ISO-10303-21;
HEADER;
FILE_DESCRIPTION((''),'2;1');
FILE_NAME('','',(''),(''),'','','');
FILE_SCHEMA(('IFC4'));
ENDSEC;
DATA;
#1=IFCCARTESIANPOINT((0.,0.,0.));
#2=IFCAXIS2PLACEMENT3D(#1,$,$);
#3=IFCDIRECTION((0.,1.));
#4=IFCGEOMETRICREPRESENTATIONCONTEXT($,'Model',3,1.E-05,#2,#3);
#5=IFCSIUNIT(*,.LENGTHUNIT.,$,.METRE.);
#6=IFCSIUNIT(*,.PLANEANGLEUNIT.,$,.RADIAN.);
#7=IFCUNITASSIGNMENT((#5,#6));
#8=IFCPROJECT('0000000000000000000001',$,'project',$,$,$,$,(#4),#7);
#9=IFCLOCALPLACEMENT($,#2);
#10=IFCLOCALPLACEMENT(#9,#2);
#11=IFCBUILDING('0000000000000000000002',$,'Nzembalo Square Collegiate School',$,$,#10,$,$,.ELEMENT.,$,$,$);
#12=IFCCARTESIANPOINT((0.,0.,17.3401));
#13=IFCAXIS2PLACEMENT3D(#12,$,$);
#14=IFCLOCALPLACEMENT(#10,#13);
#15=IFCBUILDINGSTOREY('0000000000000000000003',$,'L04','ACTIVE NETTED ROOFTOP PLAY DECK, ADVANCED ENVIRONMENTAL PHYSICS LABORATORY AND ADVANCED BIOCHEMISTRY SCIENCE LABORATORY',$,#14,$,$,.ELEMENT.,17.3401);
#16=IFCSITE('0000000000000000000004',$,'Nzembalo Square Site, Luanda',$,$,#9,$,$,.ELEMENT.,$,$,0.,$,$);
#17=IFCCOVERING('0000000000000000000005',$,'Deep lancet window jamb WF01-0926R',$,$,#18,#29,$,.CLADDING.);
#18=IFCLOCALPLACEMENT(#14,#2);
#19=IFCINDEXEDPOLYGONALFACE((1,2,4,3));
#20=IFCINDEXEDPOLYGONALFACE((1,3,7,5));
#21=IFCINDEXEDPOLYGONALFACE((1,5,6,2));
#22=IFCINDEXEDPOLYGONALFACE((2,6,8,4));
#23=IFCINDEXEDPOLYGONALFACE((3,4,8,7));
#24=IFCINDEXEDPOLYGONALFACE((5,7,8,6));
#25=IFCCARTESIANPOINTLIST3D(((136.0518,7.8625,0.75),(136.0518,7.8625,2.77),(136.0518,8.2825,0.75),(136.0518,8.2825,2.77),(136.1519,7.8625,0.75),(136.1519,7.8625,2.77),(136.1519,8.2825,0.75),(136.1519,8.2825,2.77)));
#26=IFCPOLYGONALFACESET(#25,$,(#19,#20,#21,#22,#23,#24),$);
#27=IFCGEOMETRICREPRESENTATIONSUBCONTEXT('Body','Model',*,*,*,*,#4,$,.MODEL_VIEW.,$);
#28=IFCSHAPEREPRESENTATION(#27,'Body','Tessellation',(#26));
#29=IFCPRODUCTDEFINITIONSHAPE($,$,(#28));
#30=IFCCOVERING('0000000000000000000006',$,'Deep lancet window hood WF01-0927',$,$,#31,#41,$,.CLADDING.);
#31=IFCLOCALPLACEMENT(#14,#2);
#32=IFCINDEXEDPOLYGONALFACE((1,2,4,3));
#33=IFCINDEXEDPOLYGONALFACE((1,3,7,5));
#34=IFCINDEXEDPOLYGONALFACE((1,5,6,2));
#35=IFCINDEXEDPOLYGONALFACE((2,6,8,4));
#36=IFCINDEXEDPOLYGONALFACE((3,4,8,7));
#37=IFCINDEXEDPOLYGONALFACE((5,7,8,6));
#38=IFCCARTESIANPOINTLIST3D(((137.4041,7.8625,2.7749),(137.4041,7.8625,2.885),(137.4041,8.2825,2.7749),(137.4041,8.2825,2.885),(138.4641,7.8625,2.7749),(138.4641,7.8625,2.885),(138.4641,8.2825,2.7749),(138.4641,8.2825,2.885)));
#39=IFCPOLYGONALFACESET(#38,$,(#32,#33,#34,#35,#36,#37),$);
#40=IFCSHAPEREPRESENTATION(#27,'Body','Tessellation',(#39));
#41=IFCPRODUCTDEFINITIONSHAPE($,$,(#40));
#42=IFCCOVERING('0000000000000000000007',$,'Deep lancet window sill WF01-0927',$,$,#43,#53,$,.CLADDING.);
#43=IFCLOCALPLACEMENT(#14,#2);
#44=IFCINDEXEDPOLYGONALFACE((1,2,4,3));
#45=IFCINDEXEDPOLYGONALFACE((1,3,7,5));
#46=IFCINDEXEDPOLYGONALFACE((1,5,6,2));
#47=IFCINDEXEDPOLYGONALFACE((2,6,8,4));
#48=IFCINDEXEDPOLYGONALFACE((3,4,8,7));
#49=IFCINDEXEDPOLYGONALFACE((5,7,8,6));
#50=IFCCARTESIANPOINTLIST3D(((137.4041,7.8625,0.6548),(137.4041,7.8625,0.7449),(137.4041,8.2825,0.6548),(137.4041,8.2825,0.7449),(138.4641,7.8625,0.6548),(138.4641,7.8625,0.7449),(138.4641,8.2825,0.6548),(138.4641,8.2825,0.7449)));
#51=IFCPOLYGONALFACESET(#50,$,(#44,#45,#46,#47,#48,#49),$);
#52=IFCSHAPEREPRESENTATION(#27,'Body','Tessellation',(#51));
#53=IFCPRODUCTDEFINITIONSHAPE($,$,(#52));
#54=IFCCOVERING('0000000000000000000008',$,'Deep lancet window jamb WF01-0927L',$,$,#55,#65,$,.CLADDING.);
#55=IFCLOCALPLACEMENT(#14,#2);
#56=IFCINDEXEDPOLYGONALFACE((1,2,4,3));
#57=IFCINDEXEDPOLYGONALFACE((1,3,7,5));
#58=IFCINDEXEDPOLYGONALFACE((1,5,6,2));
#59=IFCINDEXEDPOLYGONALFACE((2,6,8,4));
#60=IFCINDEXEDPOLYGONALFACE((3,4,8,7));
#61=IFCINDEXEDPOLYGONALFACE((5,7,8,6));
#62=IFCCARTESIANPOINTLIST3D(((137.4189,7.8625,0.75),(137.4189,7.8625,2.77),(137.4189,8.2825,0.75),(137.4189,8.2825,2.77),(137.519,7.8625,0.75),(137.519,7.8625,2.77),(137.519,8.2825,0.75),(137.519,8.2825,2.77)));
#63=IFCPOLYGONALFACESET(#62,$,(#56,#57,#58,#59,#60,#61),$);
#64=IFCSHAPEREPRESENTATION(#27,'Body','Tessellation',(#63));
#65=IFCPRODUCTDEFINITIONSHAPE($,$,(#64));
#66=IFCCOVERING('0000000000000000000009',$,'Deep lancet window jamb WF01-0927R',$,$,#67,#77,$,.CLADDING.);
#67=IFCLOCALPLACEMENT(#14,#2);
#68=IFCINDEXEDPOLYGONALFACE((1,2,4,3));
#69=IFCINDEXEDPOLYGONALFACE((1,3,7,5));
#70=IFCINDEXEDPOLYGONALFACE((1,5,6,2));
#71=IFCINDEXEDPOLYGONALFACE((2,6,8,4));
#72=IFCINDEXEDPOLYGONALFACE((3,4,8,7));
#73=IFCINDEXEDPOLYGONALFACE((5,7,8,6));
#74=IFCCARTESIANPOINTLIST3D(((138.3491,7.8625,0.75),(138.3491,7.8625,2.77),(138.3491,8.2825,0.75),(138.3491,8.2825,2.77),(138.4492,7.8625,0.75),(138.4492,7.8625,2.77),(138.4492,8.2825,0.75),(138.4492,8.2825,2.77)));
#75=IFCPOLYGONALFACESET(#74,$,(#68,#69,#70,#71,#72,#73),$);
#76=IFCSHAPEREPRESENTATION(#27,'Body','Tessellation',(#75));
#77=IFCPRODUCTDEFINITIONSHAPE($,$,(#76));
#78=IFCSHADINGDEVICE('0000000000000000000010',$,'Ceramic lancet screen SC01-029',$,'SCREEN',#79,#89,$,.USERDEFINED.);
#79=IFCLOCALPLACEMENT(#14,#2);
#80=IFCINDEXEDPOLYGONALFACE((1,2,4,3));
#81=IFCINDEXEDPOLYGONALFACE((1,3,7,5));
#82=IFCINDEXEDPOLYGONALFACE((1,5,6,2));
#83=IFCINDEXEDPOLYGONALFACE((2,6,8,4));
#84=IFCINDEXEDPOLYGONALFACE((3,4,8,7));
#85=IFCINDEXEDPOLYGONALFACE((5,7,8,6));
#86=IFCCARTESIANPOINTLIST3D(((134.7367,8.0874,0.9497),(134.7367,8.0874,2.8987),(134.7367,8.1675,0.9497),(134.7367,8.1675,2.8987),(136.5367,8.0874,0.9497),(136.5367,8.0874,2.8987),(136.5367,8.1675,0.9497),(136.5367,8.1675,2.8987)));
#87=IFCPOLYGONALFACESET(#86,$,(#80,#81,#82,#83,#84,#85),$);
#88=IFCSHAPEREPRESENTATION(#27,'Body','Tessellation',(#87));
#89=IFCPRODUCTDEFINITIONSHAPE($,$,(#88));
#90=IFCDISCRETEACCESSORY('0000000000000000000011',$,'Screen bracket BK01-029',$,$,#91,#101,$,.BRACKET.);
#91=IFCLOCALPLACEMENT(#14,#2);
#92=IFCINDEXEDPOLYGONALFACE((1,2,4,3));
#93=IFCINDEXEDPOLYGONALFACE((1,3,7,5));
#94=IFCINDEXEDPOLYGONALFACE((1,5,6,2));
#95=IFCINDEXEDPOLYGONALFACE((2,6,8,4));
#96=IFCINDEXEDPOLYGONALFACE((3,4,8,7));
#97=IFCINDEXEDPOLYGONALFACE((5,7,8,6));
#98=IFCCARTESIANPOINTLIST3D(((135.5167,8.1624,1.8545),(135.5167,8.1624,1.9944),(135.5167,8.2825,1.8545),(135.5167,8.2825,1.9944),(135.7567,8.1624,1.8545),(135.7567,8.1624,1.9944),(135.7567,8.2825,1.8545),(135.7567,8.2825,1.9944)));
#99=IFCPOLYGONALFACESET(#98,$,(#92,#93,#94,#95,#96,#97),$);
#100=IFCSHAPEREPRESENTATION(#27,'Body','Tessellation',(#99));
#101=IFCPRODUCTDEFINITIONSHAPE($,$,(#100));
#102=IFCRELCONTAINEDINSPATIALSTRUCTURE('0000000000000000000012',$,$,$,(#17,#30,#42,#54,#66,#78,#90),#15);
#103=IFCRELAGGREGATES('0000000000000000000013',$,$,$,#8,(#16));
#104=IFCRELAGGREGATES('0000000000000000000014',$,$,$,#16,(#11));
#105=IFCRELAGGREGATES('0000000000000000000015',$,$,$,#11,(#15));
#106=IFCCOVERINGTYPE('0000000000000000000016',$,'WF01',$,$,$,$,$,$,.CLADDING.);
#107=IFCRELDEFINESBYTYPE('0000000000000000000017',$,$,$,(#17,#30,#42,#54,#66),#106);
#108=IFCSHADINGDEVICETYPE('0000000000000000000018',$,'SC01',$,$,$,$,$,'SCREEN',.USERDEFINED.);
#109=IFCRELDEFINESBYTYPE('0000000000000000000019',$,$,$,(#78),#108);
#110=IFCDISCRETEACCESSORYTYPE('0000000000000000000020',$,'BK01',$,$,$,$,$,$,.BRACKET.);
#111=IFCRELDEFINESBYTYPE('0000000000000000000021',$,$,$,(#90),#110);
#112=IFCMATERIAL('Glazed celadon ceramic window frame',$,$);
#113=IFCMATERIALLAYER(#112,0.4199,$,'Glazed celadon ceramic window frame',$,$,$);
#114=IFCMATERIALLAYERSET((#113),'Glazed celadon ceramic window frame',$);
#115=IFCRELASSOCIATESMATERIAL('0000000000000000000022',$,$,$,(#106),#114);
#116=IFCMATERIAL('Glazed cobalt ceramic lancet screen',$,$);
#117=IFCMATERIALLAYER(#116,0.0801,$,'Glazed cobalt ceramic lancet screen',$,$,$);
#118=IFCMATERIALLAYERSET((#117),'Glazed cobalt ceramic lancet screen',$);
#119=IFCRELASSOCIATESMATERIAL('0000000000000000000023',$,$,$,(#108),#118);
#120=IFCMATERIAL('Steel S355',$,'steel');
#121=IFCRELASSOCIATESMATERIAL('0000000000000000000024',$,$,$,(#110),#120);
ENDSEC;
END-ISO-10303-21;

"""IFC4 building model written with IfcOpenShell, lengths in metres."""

from ifc_helpers import new_model, si_unit, direction, frame, origin, origin_2d, place, context, subcontext, project, spatial, rectangle, extrude, material, layer, layer_set, type_object, element, save


model = new_model("IFC4")

# Units and contexts
model_context = context("Model", 3, precision=1e-05, world=origin(), true_north=direction((0.0, 1.0)))
body_context = subcontext(model_context, "Body", "Model", "MODEL_VIEW")
ifc_project = project(units=[si_unit("LENGTHUNIT", "METRE"), si_unit("PLANEANGLEUNIT", "RADIAN")], contexts=[model_context])

# Site, building, storey
site_placement = place(None, origin())
site = spatial("IfcSite", under=ifc_project, at=site_placement, Name="Nzembalo Square Site, Luanda", CompositionType="ELEMENT", RefElevation=0.0)
building_placement = place(site_placement, origin())
building = spatial("IfcBuilding", under=site, at=building_placement, Name="Nzembalo Square Collegiate School", CompositionType="ELEMENT")
storey_placement = place(building_placement, frame((0.0, 0.0, 17.3401)))
storey = spatial("IfcBuildingStorey", under=building, at=storey_placement, Name="L04", Description="ACTIVE NETTED ROOFTOP PLAY DECK, ADVANCED ENVIRONMENTAL PHYSICS LABORATORY AND ADVANCED BIOCHEMISTRY SCIENCE LABORATORY", CompositionType="ELEMENT", Elevation=17.3401)

# Coverings
ifc_material_1 = material(Name="Glazed celadon ceramic window frame")
ifc_layer_1 = layer(ifc_material_1, 0.4199, Name="Glazed celadon ceramic window frame")
ifc_layer_set_1 = layer_set([ifc_layer_1], Name="Glazed celadon ceramic window frame")
covering_type_1 = type_object("IfcCoveringType", Name="WF01", PredefinedType="CLADDING", material=ifc_layer_set_1)
for number, where, z_axis, x_axis, name in (
    (1, (136.1018, 8.0725, 0.75), (0.0, 0.0, 1.0), (1.0, 0.0, 0.0), "Deep lancet window jamb WF01-0926R"),
):
    element("IfcCovering", number, at=place(storey_placement, frame(where, z_axis=z_axis, x_axis=x_axis)), inside=storey, type_object=covering_type_1, Name=name, PredefinedType="CLADDING", context=body_context, shape_type="SweptSolid", body=[
        extrude(rectangle(XDim=0.1001, YDim=0.4199, at=origin_2d()), origin(), (0.0, 0.0, 1.0), 2.02),
    ])
covering_1_placement = place(storey_placement, frame((137.9341, 8.0725, 2.7749), z_axis=(0.0, 0.0, 1.0), x_axis=(1.0, 0.0, 0.0)))
element("IfcCovering", 2, at=covering_1_placement, inside=storey, type_object=covering_type_1, Name="Deep lancet window hood WF01-0927", PredefinedType="CLADDING", context=body_context, shape_type="SweptSolid", body=[
    extrude(rectangle(XDim=1.0601, YDim=0.4199, at=origin_2d()), origin(), (0.0, 0.0, 1.0), 0.1101),
])
covering_2_placement = place(storey_placement, frame((137.9341, 8.0725, 0.6548), z_axis=(0.0, 0.0, 1.0), x_axis=(1.0, 0.0, 0.0)))
element("IfcCovering", 3, at=covering_2_placement, inside=storey, type_object=covering_type_1, Name="Deep lancet window sill WF01-0927", PredefinedType="CLADDING", context=body_context, shape_type="SweptSolid", body=[
    extrude(rectangle(XDim=1.0601, YDim=0.4199, at=origin_2d()), origin(), (0.0, 0.0, 1.0), 0.0901),
])
for number, where, z_axis, x_axis, name in (
    (4, (137.469, 8.0725, 0.75), (0.0, 0.0, 1.0), (1.0, 0.0, 0.0), "Deep lancet window jamb WF01-0927L"),
    (5, (138.3992, 8.0725, 0.75), (0.0, 0.0, 1.0), (1.0, 0.0, 0.0), "Deep lancet window jamb WF01-0927R"),
):
    element("IfcCovering", number, at=place(storey_placement, frame(where, z_axis=z_axis, x_axis=x_axis)), inside=storey, type_object=covering_type_1, Name=name, PredefinedType="CLADDING", context=body_context, shape_type="SweptSolid", body=[
        extrude(rectangle(XDim=0.1001, YDim=0.4199, at=origin_2d()), origin(), (0.0, 0.0, 1.0), 2.02),
    ])

# Shading device
ifc_material_2 = material(Name="Glazed cobalt ceramic lancet screen")
ifc_layer_2 = layer(ifc_material_2, 0.0801, Name="Glazed cobalt ceramic lancet screen")
ifc_layer_set_2 = layer_set([ifc_layer_2], Name="Glazed cobalt ceramic lancet screen")
shading_device_type = type_object("IfcShadingDeviceType", Name="SC01", ElementType="SCREEN", PredefinedType="USERDEFINED", material=ifc_layer_set_2)
shading_device_placement = place(storey_placement, frame((135.6367, 8.1274, 0.9497), z_axis=(0.0, 0.0, 1.0), x_axis=(1.0, 0.0, 0.0)))
element("IfcShadingDevice", 6, at=shading_device_placement, inside=storey, type_object=shading_device_type, Name="Ceramic lancet screen SC01-029", ObjectType="SCREEN", PredefinedType="USERDEFINED", context=body_context, shape_type="SweptSolid", body=[
    extrude(rectangle(XDim=1.8, YDim=0.0801, at=origin_2d()), origin(), (0.0, 0.0, 1.0), 1.949),
])

# Discrete accessory
ifc_material_3 = material(Name="Steel S355", Category="steel")
discrete_accessory_type = type_object("IfcDiscreteAccessoryType", Name="BK01", PredefinedType="BRACKET", material=ifc_material_3)
discrete_accessory_placement = place(storey_placement, frame((135.6367, 8.2224, 1.8545), z_axis=(0.0, 0.0, 1.0), x_axis=(1.0, 0.0, 0.0)))
element("IfcDiscreteAccessory", 7, at=discrete_accessory_placement, inside=storey, type_object=discrete_accessory_type, Name="Screen bracket BK01-029", PredefinedType="BRACKET", context=body_context, shape_type="SweptSolid", body=[
    extrude(rectangle(XDim=0.24, YDim=0.1201, at=origin_2d()), origin(), (0.0, 0.0, 1.0), 0.1399),
])

save(model, "model.ifc")
